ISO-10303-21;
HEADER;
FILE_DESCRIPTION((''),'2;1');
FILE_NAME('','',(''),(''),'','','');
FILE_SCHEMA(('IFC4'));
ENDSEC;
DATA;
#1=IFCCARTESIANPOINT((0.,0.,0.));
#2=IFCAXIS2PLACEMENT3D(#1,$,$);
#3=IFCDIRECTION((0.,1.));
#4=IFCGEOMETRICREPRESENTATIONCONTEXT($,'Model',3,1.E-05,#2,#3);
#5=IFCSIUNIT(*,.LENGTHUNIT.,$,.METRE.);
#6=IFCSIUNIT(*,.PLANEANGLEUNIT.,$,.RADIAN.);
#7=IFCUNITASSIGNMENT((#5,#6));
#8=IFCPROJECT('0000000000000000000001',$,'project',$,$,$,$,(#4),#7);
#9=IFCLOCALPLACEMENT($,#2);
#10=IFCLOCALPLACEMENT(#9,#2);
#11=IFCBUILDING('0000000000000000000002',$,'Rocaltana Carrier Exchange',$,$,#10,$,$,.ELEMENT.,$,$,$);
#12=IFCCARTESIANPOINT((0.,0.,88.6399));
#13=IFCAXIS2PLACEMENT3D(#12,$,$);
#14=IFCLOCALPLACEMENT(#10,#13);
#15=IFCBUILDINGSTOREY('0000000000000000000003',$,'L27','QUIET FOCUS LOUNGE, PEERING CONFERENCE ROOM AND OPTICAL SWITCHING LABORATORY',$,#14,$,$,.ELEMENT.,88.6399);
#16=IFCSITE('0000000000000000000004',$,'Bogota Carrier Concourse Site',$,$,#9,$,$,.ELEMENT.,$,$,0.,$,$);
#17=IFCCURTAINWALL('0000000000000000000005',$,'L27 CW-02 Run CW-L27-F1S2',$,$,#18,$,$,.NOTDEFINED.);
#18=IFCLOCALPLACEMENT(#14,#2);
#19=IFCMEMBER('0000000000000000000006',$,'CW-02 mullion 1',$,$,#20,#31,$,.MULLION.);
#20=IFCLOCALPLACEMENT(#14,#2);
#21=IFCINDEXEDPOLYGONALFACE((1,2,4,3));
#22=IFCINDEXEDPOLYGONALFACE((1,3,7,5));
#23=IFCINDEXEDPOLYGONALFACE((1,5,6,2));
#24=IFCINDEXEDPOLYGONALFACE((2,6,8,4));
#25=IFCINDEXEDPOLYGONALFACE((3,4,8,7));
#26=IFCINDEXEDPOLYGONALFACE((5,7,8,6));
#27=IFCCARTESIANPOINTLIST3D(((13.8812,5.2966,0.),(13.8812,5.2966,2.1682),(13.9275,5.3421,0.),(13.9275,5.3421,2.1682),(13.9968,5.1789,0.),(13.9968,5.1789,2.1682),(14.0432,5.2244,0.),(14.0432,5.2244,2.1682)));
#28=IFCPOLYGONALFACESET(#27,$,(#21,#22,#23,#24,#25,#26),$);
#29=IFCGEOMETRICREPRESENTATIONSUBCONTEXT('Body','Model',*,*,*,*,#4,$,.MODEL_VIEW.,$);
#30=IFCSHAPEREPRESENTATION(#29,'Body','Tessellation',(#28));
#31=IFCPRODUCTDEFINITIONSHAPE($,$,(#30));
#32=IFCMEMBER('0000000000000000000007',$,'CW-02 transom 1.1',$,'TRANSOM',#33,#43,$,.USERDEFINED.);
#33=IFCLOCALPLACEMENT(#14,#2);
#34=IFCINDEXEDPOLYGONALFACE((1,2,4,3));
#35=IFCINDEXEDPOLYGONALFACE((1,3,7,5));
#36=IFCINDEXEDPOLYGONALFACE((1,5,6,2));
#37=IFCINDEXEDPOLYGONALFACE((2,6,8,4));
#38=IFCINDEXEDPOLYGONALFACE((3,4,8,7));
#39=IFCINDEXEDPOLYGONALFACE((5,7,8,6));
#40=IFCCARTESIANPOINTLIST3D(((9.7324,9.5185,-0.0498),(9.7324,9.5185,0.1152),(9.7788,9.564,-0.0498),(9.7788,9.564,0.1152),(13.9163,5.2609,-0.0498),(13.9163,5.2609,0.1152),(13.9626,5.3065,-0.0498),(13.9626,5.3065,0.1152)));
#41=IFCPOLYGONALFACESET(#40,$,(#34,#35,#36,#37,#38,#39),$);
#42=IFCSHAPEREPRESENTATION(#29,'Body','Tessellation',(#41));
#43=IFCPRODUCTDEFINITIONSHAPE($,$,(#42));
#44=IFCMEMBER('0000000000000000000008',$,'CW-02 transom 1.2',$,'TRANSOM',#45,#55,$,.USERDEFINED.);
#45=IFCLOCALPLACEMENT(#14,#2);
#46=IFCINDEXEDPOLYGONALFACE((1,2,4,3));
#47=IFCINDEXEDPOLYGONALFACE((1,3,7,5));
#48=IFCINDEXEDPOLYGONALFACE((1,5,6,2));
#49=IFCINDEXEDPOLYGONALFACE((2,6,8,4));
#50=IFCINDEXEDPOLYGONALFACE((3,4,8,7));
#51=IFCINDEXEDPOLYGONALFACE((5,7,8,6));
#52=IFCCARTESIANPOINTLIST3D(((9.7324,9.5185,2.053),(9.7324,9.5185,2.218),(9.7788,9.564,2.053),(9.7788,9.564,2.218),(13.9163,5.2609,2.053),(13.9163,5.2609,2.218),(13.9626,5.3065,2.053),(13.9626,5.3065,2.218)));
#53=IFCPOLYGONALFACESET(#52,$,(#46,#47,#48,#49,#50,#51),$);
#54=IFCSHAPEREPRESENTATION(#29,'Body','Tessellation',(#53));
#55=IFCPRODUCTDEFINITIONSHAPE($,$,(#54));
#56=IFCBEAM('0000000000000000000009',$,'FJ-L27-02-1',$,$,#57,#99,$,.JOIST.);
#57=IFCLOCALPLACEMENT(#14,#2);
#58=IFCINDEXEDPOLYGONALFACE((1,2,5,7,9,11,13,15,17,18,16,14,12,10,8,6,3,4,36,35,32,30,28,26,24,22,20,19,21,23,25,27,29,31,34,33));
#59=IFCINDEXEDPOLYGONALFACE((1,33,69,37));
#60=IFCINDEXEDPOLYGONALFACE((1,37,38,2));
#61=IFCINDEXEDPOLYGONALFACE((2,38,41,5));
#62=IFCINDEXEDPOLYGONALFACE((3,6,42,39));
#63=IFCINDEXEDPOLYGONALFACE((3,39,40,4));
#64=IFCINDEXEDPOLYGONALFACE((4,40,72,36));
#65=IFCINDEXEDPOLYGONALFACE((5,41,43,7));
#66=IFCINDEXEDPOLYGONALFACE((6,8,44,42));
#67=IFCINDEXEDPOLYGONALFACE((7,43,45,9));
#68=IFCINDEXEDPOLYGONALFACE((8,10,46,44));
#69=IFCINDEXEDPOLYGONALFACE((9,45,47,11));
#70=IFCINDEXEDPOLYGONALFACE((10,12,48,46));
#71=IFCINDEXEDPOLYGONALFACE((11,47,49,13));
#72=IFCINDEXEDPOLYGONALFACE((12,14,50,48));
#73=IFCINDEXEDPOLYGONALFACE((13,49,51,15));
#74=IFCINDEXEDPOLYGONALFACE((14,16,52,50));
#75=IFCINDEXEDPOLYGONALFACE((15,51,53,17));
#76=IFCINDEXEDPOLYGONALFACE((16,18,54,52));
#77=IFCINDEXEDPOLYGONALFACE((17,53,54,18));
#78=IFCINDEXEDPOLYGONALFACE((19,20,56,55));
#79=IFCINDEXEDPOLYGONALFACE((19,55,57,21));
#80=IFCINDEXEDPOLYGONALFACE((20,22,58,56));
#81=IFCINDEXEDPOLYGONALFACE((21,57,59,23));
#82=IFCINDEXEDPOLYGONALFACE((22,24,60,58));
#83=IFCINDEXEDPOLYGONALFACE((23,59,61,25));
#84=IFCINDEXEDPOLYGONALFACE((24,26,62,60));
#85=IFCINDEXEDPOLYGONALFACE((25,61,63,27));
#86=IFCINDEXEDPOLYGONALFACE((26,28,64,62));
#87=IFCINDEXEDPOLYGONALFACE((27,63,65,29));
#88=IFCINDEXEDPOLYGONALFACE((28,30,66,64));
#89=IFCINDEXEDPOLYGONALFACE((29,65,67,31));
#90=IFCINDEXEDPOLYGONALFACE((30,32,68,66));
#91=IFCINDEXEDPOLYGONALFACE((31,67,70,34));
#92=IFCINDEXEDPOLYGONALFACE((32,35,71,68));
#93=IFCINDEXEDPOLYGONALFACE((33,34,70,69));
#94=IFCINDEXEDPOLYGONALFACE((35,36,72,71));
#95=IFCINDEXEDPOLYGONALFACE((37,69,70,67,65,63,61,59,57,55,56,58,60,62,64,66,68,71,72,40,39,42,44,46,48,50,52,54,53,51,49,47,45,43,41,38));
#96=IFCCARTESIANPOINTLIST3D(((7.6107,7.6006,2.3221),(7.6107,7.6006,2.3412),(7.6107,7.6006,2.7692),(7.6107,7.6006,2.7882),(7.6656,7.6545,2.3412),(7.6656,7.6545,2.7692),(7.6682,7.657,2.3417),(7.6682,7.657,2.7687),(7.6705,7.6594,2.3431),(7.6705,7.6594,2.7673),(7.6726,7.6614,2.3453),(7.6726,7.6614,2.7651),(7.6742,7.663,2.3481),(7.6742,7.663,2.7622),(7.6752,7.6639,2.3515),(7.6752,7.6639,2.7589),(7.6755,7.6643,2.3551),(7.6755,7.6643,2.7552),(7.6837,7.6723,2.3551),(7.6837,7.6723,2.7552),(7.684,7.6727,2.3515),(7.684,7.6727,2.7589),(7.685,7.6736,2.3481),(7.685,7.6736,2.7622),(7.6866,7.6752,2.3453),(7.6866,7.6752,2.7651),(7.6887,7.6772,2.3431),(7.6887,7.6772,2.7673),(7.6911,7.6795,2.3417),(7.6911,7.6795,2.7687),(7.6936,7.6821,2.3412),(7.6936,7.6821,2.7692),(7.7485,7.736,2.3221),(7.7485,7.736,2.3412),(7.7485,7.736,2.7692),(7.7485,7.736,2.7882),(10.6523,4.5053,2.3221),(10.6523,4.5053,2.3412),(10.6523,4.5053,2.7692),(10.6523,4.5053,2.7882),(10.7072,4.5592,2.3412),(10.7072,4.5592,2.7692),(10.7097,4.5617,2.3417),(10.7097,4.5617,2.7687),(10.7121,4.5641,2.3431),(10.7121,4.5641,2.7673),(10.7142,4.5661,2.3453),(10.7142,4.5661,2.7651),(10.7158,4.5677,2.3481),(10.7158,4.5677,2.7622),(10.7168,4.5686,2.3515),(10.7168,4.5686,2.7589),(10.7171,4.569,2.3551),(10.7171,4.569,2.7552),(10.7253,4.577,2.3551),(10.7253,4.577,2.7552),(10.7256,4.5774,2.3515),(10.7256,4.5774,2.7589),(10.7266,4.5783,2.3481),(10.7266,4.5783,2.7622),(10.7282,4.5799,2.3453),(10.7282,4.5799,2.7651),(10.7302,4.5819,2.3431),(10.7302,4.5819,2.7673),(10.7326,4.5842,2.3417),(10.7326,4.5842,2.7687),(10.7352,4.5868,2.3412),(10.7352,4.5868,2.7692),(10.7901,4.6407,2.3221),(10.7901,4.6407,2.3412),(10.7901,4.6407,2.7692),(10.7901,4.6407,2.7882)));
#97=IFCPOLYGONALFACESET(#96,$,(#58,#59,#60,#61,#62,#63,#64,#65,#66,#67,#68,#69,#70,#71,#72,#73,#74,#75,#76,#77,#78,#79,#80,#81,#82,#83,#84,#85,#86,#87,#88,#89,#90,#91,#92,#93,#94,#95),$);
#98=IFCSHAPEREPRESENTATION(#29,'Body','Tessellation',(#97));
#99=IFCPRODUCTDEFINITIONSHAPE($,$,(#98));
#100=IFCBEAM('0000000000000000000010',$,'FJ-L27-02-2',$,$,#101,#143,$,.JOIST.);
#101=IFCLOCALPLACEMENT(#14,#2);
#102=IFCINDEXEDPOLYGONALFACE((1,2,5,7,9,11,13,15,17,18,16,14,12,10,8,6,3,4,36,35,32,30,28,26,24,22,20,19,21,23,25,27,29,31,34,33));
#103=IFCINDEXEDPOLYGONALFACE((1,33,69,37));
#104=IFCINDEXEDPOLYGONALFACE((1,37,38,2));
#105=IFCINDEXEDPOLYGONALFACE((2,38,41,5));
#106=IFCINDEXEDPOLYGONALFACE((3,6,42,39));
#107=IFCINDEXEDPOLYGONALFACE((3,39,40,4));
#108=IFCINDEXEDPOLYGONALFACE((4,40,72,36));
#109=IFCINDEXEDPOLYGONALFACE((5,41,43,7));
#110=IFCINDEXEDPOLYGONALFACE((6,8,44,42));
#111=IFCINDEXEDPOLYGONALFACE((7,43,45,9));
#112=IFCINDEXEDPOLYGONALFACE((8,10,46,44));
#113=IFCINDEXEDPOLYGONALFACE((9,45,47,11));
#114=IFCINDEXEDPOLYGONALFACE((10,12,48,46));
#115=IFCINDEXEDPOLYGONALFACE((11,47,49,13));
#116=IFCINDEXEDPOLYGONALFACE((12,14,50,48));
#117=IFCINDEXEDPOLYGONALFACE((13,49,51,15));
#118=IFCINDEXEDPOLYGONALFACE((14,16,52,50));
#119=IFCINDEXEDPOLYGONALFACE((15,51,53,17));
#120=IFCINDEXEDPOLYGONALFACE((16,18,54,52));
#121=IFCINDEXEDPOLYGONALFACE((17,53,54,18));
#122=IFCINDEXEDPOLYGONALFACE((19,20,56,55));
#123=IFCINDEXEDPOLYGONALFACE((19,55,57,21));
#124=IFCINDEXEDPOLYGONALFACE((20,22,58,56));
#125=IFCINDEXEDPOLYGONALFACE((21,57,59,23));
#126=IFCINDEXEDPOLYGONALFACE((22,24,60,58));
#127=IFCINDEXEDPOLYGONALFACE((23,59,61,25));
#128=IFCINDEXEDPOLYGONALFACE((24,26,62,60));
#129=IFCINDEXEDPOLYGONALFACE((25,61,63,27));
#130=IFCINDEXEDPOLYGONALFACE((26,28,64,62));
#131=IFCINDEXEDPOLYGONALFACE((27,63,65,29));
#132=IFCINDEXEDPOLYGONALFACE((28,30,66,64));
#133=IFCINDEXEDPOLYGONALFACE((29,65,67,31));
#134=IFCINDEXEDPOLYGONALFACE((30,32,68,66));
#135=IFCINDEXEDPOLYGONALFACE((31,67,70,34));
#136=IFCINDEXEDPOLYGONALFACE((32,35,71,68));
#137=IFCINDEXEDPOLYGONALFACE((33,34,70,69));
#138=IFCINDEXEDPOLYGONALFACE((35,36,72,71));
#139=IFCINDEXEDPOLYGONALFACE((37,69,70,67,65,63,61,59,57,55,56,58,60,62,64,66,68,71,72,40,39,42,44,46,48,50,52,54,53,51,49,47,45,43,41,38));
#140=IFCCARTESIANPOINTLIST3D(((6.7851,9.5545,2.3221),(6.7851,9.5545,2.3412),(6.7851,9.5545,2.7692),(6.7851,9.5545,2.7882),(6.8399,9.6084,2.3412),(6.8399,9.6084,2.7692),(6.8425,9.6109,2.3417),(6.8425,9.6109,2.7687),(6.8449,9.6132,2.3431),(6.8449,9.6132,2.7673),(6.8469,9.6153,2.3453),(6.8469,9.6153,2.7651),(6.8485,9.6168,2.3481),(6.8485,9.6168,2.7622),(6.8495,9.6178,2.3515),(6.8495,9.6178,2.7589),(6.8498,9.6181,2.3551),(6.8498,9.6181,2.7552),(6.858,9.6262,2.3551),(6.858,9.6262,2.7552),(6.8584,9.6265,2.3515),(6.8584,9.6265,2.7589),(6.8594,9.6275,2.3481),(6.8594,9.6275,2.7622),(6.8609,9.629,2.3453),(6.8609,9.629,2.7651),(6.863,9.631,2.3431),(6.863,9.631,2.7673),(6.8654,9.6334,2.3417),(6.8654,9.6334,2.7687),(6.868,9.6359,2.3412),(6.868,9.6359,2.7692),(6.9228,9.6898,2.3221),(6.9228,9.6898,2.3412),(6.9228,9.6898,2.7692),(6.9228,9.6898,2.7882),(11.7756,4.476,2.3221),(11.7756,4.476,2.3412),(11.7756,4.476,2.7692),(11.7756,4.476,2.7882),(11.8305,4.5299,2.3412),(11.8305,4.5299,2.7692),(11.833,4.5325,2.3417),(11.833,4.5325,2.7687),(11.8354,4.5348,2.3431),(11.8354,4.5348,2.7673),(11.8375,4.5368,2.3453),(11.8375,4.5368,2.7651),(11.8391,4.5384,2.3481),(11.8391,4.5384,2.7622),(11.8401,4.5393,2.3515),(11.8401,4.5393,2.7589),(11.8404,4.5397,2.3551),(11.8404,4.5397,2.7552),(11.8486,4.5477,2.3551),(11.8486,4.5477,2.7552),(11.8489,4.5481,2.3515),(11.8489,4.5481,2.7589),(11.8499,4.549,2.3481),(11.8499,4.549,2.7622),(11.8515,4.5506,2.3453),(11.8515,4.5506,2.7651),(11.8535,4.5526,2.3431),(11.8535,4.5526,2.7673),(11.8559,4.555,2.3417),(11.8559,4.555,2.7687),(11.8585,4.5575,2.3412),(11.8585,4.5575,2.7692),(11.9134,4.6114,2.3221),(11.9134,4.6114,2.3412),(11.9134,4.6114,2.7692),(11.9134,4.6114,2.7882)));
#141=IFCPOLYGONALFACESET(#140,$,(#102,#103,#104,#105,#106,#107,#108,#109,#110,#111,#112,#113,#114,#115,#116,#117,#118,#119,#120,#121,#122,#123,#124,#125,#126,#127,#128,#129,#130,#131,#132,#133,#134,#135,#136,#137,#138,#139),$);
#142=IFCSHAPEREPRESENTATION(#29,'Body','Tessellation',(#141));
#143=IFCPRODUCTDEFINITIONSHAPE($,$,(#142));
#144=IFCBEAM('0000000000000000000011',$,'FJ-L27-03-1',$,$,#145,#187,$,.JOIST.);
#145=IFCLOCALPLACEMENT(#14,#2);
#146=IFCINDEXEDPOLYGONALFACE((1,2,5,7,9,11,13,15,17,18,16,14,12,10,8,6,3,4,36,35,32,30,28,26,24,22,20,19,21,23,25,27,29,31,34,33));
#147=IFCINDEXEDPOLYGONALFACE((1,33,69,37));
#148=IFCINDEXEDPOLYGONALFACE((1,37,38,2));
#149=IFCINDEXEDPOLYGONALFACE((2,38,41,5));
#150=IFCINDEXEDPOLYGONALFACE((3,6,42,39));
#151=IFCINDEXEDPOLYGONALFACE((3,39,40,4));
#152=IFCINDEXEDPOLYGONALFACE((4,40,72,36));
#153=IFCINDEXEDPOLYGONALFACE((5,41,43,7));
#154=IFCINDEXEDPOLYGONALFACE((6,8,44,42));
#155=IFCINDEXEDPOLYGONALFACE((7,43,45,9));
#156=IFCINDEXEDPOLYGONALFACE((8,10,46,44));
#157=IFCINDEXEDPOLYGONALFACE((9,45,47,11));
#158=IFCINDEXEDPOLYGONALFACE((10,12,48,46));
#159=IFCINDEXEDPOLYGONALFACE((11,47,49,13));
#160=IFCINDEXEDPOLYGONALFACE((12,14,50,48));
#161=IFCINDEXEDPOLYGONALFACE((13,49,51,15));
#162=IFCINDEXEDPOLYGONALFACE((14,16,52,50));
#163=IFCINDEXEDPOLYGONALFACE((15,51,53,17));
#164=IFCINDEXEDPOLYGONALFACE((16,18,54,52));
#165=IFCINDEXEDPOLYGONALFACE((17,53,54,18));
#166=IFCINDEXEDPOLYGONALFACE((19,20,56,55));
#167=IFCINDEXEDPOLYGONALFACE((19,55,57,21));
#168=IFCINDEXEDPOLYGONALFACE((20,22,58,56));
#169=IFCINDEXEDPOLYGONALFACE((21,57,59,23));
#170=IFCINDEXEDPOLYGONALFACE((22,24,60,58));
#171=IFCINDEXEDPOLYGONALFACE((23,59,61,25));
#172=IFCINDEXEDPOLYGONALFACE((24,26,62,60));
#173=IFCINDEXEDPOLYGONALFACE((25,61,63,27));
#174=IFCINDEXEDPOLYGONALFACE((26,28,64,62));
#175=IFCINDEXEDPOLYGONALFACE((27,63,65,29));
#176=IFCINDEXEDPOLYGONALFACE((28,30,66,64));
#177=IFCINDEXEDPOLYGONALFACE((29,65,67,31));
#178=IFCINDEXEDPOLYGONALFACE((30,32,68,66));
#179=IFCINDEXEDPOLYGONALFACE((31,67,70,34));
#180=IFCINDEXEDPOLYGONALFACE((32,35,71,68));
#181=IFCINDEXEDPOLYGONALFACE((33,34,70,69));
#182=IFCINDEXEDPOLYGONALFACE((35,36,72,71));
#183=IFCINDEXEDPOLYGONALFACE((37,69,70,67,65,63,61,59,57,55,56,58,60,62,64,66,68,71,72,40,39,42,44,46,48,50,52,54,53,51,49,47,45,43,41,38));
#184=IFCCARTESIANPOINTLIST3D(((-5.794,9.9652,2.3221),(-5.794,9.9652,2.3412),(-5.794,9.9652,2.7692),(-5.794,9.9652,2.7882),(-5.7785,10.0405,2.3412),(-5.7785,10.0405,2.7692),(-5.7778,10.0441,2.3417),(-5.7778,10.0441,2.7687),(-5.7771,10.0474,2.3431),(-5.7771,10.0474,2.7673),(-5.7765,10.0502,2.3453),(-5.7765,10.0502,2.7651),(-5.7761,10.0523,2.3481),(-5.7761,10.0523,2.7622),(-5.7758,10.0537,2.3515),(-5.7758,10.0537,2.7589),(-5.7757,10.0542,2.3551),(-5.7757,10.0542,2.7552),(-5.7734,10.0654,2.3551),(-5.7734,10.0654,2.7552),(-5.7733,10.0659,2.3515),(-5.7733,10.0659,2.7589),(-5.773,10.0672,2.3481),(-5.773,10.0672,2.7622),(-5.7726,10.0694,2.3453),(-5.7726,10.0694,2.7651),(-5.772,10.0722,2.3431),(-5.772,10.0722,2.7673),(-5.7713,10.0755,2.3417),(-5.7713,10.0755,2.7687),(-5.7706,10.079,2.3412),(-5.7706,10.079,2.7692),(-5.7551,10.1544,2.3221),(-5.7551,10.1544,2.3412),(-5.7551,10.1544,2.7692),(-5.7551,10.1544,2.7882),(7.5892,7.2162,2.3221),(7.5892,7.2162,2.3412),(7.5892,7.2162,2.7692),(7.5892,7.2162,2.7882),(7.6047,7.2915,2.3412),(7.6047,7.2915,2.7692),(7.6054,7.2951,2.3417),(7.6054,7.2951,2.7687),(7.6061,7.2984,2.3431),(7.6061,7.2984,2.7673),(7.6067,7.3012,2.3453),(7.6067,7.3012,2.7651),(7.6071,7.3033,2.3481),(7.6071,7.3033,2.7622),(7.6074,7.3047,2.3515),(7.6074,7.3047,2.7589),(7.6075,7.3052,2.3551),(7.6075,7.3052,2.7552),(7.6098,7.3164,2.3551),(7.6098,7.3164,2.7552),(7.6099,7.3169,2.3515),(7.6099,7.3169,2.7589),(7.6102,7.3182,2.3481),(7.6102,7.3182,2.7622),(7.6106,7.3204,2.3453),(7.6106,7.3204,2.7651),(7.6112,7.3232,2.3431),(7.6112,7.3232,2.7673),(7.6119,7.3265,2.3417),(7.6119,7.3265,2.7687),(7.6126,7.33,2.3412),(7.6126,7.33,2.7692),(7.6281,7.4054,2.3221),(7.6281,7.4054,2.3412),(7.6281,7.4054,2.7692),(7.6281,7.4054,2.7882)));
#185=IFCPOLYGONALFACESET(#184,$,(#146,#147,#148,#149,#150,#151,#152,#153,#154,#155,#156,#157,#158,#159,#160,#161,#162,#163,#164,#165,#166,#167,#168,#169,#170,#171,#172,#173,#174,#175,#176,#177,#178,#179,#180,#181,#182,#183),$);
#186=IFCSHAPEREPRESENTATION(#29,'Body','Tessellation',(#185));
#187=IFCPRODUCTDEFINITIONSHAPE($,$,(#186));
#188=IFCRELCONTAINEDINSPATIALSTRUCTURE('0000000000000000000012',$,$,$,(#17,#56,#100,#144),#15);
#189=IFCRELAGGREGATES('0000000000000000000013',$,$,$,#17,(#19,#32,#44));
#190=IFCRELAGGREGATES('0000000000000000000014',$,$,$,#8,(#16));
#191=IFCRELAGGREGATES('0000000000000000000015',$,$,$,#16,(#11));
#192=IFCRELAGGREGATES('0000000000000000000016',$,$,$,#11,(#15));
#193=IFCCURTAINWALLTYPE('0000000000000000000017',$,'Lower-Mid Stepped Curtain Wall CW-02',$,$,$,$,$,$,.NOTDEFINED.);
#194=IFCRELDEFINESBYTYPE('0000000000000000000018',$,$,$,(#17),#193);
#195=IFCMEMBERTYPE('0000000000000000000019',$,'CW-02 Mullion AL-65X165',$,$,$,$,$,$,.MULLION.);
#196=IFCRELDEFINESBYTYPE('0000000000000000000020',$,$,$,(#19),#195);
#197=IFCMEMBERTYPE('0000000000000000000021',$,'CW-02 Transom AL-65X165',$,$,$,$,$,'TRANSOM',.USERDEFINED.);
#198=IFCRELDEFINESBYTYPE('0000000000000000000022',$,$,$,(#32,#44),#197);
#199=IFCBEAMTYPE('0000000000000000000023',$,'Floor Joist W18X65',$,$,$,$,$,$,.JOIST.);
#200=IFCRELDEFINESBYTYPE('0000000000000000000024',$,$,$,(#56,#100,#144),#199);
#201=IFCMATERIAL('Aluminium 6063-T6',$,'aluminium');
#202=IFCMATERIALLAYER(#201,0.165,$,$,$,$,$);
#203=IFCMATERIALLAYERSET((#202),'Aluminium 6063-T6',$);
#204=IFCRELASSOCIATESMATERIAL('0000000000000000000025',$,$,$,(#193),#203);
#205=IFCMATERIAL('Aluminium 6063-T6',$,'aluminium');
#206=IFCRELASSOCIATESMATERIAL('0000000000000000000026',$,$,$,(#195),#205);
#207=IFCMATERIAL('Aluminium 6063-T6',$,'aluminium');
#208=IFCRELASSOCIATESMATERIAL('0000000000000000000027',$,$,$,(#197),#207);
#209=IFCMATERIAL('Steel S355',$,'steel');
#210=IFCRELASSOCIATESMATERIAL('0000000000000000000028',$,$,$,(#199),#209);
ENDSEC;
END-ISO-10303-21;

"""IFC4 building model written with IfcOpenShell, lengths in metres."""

from ifc_helpers import new_model, si_unit, direction, frame, origin, origin_2d, place, context, subcontext, project, spatial, rectangle, i_section, extrude, material, layer, layer_set, material_profile, profile_set, type_object, element, aggregate, save


model = new_model("IFC4")

# Units and contexts
model_context = context("Model", 3, precision=1e-05, world=origin(), true_north=direction((0.0, 1.0)))
body_context = subcontext(model_context, "Body", "Model", "MODEL_VIEW")
ifc_project = project(units=[si_unit("LENGTHUNIT", "METRE"), si_unit("PLANEANGLEUNIT", "RADIAN")], contexts=[model_context])

# Site, building, storey
site_placement = place(None, origin())
site = spatial("IfcSite", under=ifc_project, at=site_placement, Name="Bogota Carrier Concourse Site", CompositionType="ELEMENT", RefElevation=0.0)
building_placement = place(site_placement, origin())
building = spatial("IfcBuilding", under=site, at=building_placement, Name="Rocaltana Carrier Exchange", CompositionType="ELEMENT")
storey_placement = place(building_placement, frame((0.0, 0.0, 88.6399)))
storey = spatial("IfcBuildingStorey", under=building, at=storey_placement, Name="L27", Description="QUIET FOCUS LOUNGE, PEERING CONFERENCE ROOM AND OPTICAL SWITCHING LABORATORY", CompositionType="ELEMENT", Elevation=88.6399)

# Curtain wall, members
ifc_material_1 = material(Name="Aluminium 6063-T6", Category="aluminium")
ifc_layer_1 = layer(ifc_material_1, 0.165)
ifc_layer_set_1 = layer_set([ifc_layer_1], Name="Aluminium 6063-T6")
curtain_wall_type = type_object("IfcCurtainWallType", Name="Lower-Mid Stepped Curtain Wall CW-02", PredefinedType="NOTDEFINED", material=ifc_layer_set_1)
curtain_wall_placement = place(storey_placement, origin())
curtain_wall = element("IfcCurtainWall", 1, at=curtain_wall_placement, inside=storey, type_object=curtain_wall_type, Name="L27 CW-02 Run CW-L27-F1S2", PredefinedType="NOTDEFINED")
ifc_material_2 = material(Name="Aluminium 6063-T6", Category="aluminium")
ifc_material_profile_1 = material_profile(ifc_material_2, rectangle(XDim=0.0649, YDim=0.165, at=origin_2d()), Name="AL-65X165")
ifc_profile_set_1 = profile_set([ifc_material_profile_1], Name="Aluminium 6063-T6")
member_type_1 = type_object("IfcMemberType", Name="CW-02 Mullion AL-65X165", PredefinedType="MULLION", material=ifc_profile_set_1)
member_1_placement = place(storey_placement, frame((13.9622, 5.2605, 0.0), z_axis=(0.0, 0.0, 1.0), x_axis=(-0.713245, -0.700915, 0.0)))
member_1 = element("IfcMember", 2, at=member_1_placement, type_object=member_type_1, Name="CW-02 mullion 1", PredefinedType="MULLION", context=body_context, shape_type="SweptSolid", body=[
    extrude(rectangle(XDim=0.0649, YDim=0.165, at=origin_2d()), origin(), (0.0, 0.0, 1.0), 2.1682),
])
ifc_material_3 = material(Name="Aluminium 6063-T6", Category="aluminium")
ifc_material_profile_2 = material_profile(ifc_material_3, rectangle(XDim=0.0649, YDim=0.165, at=origin_2d()), Name="AL-65X165")
ifc_profile_set_2 = profile_set([ifc_material_profile_2], Name="Aluminium 6063-T6")
member_type_2 = type_object("IfcMemberType", Name="CW-02 Transom AL-65X165", ElementType="TRANSOM", PredefinedType="USERDEFINED", material=ifc_profile_set_2)
member_2_placement = place(storey_placement, frame((13.9395, 5.2837, 0.0327), z_axis=(-0.700904, 0.713256, 0.0), x_axis=(-0.713256, -0.700904, 0.0)))
member_2 = element("IfcMember", 3, at=member_2_placement, type_object=member_type_2, Name="CW-02 transom 1.1", ObjectType="TRANSOM", PredefinedType="USERDEFINED", context=body_context, shape_type="SweptSolid", body=[
    extrude(rectangle(XDim=0.0649, YDim=0.165, at=origin_2d()), origin(), (0.0, 0.0, 1.0), 5.9692),
])
member_3_placement = place(storey_placement, frame((13.9395, 5.2837, 2.1355), z_axis=(-0.700904, 0.713256, 0.0), x_axis=(-0.713256, -0.700904, 0.0)))
member_3 = element("IfcMember", 4, at=member_3_placement, type_object=member_type_2, Name="CW-02 transom 1.2", ObjectType="TRANSOM", PredefinedType="USERDEFINED", context=body_context, shape_type="SweptSolid", body=[
    extrude(rectangle(XDim=0.0649, YDim=0.165, at=origin_2d()), origin(), (0.0, 0.0, 1.0), 5.9692),
])

# Beams
ifc_material_4 = material(Name="Steel S355", Category="steel")
ifc_material_profile_3 = material_profile(ifc_material_4, i_section(OverallWidth=0.1931, OverallDepth=0.4661, WebThickness=0.0115, FlangeThickness=0.019, FilletRadius=0.0139, at=origin_2d()), Name="W18X65")
ifc_profile_set_3 = profile_set([ifc_material_profile_3], Name="Steel S355")
beam_type_1 = type_object("IfcBeamType", Name="Floor Joist W18X65", PredefinedType="JOIST", material=ifc_profile_set_3)
beam_1_placement = place(storey_placement, frame((10.7212, 4.573, 2.5552), z_axis=(-0.700891, 0.713268, 0.0), x_axis=(-0.713268, -0.700891, 0.0)))
element("IfcBeam", 5, at=beam_1_placement, inside=storey, type_object=beam_type_1, Name="FJ-L27-02-1", PredefinedType="JOIST", context=body_context, shape_type="SweptSolid", body=[
    extrude(i_section(OverallWidth=0.1931, OverallDepth=0.4661, WebThickness=0.0115, FlangeThickness=0.019, FilletRadius=0.0139, at=origin_2d()), origin(), (0.0, 0.0, 1.0), 4.3396),
])
beam_2_placement = place(storey_placement, frame((11.8445, 4.5437, 2.5552), z_axis=(-0.700908, 0.713252, 0.0), x_axis=(-0.713252, -0.700908, 0.0)))
element("IfcBeam", 6, at=beam_2_placement, inside=storey, type_object=beam_type_1, Name="FJ-L27-02-2", PredefinedType="JOIST", context=body_context, shape_type="SweptSolid", body=[
    extrude(i_section(OverallWidth=0.1931, OverallDepth=0.4661, WebThickness=0.0115, FlangeThickness=0.019, FilletRadius=0.0139, at=origin_2d()), origin(), (0.0, 0.0, 1.0), 7.1201),
])
beam_3_placement = place(storey_placement, frame((7.6086, 7.3108, 2.5552), z_axis=(-0.979549, 0.201206, 0.0), x_axis=(-0.201206, -0.979549, 0.0)))
element("IfcBeam", 7, at=beam_3_placement, inside=storey, type_object=beam_type_1, Name="FJ-L27-03-1", PredefinedType="JOIST", context=body_context, shape_type="SweptSolid", body=[
    extrude(i_section(OverallWidth=0.1931, OverallDepth=0.4661, WebThickness=0.0115, FlangeThickness=0.019, FilletRadius=0.0139, at=origin_2d()), origin(), (0.0, 0.0, 1.0), 13.6626),
])

aggregate(curtain_wall, [member_1, member_2, member_3])

save(model, "model.ifc")
